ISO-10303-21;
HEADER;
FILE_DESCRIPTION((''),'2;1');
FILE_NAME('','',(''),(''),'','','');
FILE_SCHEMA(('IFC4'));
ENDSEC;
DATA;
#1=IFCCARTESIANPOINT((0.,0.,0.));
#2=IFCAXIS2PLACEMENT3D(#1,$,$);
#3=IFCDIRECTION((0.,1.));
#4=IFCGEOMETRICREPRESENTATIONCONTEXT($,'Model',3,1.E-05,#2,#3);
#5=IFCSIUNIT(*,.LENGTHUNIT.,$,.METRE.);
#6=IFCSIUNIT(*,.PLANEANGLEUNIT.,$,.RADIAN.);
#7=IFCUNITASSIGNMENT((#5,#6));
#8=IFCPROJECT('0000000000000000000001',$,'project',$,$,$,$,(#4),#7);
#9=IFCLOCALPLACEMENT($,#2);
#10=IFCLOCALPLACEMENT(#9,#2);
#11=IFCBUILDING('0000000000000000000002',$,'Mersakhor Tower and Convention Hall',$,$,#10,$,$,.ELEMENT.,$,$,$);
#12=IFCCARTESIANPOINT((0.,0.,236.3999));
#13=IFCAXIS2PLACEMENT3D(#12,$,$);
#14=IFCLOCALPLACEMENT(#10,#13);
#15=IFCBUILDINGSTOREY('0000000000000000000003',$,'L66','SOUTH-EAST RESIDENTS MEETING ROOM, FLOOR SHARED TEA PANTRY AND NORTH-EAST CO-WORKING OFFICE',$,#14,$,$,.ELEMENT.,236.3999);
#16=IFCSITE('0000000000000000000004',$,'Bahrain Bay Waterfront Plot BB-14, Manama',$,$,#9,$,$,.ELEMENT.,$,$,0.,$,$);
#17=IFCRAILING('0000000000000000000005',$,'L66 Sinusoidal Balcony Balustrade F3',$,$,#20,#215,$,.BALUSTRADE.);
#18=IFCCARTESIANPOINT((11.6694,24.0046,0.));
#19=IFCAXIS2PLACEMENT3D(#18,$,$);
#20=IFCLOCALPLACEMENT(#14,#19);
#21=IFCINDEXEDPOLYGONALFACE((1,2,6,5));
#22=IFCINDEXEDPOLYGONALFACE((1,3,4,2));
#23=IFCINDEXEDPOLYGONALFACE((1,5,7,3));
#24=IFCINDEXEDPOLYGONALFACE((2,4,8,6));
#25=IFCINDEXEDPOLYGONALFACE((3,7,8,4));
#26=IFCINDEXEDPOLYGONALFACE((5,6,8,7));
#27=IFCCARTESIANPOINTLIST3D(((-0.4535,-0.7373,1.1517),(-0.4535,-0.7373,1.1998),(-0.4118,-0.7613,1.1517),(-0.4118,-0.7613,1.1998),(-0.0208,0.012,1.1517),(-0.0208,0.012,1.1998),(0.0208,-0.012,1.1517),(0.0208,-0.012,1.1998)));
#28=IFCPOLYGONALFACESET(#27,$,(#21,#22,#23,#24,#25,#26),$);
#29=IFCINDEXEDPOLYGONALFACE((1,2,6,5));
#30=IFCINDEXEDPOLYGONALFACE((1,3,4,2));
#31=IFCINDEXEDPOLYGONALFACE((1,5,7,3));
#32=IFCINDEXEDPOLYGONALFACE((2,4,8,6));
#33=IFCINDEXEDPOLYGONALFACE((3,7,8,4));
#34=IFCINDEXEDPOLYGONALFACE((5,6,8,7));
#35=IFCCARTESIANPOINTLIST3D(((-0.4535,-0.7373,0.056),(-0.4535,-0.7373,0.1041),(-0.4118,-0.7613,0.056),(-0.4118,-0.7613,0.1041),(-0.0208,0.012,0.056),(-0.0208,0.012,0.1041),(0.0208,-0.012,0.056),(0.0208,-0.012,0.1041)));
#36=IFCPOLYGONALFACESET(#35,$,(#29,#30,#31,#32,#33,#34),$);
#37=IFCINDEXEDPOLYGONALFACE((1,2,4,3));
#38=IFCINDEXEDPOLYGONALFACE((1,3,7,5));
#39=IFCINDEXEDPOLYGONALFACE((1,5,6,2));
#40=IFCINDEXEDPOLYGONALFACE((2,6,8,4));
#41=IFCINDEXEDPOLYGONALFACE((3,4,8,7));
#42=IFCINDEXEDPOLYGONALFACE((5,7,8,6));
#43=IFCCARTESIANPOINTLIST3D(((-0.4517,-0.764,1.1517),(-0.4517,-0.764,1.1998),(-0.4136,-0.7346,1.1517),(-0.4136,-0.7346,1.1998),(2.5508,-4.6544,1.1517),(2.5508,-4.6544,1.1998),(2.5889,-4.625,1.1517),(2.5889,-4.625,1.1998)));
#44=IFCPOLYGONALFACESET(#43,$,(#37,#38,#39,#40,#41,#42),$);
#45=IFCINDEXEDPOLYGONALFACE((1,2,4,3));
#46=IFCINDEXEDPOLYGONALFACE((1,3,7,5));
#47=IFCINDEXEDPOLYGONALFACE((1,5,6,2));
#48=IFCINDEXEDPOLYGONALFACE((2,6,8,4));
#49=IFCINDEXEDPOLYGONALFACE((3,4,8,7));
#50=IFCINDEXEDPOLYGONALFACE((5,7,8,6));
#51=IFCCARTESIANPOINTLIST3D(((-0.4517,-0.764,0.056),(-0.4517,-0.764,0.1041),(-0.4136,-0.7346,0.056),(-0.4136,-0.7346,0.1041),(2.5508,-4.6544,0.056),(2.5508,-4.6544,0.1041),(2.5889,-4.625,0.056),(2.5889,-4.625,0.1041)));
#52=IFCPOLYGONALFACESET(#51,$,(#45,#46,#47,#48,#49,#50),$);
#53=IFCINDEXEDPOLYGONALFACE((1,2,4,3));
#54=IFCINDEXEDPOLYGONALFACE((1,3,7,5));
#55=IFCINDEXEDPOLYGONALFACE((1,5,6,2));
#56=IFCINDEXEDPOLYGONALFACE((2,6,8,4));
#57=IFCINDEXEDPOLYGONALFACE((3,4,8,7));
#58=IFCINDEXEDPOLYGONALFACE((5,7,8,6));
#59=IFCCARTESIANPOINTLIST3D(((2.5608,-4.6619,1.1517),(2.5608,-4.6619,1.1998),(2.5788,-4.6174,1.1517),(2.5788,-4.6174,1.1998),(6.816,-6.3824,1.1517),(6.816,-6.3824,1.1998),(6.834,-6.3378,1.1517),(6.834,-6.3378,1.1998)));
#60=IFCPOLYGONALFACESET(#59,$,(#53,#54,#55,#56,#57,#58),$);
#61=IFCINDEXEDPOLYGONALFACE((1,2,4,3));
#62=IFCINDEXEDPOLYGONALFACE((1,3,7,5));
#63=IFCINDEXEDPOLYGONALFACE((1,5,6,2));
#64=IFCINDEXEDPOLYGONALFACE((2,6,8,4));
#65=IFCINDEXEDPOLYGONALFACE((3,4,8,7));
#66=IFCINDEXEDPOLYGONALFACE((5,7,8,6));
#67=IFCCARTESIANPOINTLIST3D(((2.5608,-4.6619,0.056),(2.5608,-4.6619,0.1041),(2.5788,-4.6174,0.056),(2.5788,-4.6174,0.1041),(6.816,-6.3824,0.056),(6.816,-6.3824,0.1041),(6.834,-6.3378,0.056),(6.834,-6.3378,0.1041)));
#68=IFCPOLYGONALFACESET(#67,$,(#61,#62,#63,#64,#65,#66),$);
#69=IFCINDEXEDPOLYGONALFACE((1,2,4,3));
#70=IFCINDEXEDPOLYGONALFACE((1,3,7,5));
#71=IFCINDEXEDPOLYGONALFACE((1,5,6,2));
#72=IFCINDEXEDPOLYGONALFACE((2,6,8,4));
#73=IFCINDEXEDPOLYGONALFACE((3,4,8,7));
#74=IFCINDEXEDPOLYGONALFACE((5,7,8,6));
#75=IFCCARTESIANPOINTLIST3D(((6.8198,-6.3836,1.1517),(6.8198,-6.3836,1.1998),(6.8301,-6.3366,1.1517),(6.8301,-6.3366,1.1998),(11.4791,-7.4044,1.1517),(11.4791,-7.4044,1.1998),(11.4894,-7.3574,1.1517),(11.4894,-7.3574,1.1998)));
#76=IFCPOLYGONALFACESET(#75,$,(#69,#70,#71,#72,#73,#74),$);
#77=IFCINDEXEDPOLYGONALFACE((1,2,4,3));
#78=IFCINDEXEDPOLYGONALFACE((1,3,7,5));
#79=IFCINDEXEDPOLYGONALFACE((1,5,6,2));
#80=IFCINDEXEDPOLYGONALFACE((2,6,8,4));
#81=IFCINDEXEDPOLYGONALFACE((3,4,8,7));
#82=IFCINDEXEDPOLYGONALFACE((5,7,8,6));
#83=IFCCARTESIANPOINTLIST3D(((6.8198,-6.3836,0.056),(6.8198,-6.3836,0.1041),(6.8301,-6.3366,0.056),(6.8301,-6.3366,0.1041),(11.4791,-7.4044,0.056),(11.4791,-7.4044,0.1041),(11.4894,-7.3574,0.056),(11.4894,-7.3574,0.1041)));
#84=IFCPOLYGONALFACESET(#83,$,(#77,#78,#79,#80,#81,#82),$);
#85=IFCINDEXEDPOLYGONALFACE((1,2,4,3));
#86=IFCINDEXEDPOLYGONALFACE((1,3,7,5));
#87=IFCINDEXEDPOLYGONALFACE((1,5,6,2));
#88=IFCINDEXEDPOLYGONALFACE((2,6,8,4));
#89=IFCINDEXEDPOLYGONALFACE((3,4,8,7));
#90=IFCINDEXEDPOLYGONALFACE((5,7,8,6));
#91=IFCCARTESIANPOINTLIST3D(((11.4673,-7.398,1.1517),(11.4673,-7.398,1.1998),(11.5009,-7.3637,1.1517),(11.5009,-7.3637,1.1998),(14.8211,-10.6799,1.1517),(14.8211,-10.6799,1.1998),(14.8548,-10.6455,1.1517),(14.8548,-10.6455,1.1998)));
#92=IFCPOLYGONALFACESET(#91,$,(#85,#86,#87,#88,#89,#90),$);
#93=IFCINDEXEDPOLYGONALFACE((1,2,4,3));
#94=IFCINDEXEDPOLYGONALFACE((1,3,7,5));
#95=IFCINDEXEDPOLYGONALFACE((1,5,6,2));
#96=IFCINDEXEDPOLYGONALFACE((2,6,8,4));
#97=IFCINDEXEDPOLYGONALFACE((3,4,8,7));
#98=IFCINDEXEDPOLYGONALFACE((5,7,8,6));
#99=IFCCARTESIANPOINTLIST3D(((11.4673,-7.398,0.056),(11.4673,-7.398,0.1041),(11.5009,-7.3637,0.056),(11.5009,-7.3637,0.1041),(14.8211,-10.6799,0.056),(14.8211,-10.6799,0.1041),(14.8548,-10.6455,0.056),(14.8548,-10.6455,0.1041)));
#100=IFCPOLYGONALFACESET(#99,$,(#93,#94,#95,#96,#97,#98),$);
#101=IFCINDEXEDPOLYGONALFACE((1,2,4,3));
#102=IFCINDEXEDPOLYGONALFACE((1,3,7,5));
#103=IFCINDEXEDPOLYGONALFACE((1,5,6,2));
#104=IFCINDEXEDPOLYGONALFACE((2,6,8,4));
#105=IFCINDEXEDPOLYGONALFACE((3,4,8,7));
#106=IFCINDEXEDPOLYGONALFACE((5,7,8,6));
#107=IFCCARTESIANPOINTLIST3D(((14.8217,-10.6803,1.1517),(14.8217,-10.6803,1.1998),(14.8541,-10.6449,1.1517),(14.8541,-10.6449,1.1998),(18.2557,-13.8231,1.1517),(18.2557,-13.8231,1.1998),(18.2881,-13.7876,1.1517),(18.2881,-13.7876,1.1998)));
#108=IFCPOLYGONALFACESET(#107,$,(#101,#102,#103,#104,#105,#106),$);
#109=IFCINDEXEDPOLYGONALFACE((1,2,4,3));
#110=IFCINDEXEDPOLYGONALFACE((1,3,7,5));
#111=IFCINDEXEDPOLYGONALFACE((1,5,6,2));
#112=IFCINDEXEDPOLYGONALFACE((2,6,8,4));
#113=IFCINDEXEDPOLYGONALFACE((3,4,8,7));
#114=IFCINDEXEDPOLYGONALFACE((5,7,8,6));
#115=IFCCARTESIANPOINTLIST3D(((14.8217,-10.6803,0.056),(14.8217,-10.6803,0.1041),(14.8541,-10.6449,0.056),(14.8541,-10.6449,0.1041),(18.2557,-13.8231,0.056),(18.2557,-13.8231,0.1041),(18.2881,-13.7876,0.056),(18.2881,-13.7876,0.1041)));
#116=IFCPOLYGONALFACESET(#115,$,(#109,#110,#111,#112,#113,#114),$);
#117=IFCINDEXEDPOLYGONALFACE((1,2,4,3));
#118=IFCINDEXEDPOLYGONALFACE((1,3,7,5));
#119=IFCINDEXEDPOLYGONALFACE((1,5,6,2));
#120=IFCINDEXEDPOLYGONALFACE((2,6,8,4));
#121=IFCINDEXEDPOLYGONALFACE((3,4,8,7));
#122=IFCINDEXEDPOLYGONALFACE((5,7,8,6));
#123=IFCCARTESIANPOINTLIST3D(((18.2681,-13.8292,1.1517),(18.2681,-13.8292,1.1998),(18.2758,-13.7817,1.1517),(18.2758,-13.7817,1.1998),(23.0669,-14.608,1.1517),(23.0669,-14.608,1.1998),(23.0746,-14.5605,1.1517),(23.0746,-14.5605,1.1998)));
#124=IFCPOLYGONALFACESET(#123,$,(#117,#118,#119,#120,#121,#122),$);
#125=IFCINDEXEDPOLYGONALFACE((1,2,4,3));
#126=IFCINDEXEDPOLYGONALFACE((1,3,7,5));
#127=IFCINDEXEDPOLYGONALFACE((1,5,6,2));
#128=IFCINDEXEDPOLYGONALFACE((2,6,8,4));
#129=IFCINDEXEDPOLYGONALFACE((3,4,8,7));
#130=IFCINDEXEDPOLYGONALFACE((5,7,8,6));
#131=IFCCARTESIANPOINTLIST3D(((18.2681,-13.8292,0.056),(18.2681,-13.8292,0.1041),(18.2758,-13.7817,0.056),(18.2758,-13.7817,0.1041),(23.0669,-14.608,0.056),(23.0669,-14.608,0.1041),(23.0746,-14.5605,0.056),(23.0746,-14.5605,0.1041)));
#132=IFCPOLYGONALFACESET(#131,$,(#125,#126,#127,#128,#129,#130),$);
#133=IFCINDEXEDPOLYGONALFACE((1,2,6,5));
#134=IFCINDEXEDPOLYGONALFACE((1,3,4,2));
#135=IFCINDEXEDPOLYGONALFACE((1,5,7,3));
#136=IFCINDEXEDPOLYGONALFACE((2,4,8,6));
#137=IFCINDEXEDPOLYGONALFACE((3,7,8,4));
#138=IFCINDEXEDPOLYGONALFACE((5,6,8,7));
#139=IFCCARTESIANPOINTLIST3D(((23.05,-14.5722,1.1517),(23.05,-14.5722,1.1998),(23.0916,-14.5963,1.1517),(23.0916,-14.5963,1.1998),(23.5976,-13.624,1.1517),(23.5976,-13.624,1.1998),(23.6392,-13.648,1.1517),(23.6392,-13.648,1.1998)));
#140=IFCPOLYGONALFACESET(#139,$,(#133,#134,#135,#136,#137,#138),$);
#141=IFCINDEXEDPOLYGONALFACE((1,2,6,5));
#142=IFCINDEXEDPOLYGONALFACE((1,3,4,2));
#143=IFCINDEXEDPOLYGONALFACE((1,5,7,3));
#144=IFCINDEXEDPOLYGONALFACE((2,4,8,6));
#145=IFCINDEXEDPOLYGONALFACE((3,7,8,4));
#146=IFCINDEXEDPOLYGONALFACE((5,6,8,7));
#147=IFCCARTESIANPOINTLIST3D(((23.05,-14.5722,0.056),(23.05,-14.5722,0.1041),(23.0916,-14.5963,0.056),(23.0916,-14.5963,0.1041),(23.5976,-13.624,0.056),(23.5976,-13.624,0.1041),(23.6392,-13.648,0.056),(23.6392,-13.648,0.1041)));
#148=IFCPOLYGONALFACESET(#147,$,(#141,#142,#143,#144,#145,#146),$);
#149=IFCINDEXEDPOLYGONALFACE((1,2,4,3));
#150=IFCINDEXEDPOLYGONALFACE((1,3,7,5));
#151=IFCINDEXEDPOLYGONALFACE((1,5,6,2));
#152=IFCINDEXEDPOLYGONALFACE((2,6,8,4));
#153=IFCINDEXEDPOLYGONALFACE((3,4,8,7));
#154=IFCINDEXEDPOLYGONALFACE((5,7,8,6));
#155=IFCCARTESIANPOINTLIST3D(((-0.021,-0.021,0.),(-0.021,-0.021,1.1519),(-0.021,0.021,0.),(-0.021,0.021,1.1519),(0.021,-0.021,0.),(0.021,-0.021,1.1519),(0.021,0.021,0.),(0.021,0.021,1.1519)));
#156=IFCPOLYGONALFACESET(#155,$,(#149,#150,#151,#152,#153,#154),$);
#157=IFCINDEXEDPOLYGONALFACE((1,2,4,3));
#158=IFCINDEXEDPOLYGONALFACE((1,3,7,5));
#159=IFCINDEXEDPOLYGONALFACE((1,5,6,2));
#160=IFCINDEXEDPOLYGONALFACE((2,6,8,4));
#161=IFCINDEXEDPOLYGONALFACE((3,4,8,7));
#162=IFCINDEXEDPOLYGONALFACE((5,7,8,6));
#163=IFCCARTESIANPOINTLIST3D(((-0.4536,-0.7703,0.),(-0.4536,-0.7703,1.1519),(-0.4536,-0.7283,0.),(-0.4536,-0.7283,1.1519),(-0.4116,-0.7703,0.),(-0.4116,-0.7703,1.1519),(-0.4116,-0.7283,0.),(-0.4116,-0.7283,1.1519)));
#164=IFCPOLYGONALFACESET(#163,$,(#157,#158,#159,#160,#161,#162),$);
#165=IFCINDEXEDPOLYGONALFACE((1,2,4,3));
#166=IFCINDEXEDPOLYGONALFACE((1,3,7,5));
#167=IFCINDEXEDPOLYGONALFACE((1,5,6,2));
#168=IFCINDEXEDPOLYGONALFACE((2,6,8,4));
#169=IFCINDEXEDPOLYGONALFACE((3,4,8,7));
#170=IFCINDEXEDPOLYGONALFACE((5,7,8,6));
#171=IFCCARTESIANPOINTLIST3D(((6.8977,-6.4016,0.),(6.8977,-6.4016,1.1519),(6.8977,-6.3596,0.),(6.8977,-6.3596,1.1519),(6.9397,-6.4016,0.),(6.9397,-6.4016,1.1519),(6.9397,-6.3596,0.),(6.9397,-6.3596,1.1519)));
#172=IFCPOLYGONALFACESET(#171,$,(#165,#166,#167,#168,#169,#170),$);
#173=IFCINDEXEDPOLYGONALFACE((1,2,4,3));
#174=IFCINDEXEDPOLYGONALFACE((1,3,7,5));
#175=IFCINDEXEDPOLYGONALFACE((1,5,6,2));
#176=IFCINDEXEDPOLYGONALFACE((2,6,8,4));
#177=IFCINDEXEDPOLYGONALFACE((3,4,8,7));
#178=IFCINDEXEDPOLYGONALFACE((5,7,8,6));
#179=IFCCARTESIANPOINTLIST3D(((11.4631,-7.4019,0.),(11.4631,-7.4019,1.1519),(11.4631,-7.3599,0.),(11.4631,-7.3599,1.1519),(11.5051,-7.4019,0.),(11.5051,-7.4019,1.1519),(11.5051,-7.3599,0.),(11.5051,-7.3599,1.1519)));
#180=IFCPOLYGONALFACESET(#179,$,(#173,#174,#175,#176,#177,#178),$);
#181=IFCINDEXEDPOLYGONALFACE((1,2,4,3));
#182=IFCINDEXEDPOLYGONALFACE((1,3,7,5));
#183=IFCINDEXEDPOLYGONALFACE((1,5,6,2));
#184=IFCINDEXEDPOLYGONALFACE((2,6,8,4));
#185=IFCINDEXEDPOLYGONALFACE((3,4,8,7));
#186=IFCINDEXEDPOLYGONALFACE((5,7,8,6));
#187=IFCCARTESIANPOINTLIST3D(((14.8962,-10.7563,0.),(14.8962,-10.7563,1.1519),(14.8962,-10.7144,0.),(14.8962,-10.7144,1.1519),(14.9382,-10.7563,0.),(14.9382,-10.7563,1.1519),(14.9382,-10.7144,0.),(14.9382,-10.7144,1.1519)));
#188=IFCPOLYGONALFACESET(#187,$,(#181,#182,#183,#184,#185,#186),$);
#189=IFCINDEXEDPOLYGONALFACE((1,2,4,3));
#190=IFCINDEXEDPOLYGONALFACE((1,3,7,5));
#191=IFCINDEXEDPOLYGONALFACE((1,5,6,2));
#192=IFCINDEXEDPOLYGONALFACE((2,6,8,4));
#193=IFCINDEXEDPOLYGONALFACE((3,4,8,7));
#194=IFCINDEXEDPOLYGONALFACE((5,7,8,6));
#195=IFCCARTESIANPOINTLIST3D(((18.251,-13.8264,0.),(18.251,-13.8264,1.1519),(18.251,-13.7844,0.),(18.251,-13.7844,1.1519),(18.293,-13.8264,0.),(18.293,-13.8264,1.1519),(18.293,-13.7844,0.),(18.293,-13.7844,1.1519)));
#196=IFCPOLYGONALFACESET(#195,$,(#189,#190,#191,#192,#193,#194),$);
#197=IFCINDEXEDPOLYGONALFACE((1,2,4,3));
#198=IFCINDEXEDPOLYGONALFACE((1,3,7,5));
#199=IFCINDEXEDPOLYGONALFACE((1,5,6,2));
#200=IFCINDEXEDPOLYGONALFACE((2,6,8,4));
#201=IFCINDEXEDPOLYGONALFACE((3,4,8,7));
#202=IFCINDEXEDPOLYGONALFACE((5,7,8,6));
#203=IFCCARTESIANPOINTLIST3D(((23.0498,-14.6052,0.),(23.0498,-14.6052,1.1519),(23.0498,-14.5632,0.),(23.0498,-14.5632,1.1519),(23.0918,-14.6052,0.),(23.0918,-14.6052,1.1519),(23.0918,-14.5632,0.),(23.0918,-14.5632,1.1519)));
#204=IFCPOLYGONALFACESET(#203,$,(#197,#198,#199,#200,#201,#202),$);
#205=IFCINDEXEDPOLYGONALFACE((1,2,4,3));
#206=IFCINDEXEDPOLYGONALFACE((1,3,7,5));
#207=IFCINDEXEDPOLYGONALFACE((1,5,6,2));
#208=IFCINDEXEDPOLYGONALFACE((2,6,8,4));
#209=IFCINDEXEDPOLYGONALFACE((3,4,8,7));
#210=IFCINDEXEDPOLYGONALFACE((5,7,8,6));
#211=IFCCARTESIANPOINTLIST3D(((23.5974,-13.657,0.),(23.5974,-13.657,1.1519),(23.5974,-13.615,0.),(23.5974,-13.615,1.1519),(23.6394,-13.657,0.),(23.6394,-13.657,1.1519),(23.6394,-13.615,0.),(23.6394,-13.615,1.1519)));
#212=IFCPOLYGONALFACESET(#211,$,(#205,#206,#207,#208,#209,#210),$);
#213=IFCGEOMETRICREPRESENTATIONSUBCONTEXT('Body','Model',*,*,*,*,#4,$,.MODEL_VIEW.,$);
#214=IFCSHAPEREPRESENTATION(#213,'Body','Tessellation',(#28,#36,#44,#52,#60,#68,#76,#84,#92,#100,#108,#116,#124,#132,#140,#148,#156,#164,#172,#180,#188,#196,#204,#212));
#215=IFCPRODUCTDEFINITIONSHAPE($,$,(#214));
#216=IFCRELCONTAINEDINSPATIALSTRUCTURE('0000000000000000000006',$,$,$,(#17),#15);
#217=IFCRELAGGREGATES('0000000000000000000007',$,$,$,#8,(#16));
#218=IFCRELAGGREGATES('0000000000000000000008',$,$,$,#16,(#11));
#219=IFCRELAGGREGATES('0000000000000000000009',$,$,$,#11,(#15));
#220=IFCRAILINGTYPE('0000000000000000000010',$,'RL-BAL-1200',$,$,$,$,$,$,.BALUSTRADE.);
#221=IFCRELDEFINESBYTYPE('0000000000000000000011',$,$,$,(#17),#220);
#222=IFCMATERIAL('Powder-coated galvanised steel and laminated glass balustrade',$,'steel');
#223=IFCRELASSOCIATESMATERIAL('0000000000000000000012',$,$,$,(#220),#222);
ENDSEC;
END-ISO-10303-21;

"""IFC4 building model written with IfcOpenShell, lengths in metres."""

from ifc_helpers import new_model, si_unit, direction, frame, origin, origin_2d, place, context, subcontext, project, spatial, rectangle, extrude, material, type_object, element, save


model = new_model("IFC4")

# Units and contexts
model_context = context("Model", 3, precision=1e-05, world=origin(), true_north=direction((0.0, 1.0)))
body_context = subcontext(model_context, "Body", "Model", "MODEL_VIEW")
ifc_project = project(units=[si_unit("LENGTHUNIT", "METRE"), si_unit("PLANEANGLEUNIT", "RADIAN")], contexts=[model_context])

# Site, building, storey
site_placement = place(None, origin())
site = spatial("IfcSite", under=ifc_project, at=site_placement, Name="Bahrain Bay Waterfront Plot BB-14, Manama", CompositionType="ELEMENT", RefElevation=0.0)
building_placement = place(site_placement, origin())
building = spatial("IfcBuilding", under=site, at=building_placement, Name="Mersakhor Tower and Convention Hall", CompositionType="ELEMENT")
storey_placement = place(building_placement, frame((0.0, 0.0, 236.3999)))
storey = spatial("IfcBuildingStorey", under=building, at=storey_placement, Name="L66", Description="SOUTH-EAST RESIDENTS MEETING ROOM, FLOOR SHARED TEA PANTRY AND NORTH-EAST CO-WORKING OFFICE", CompositionType="ELEMENT", Elevation=236.3999)

# Railing
ifc_material_1 = material(Name="Powder-coated galvanised steel and laminated glass balustrade", Category="steel")
railing_type = type_object("IfcRailingType", Name="RL-BAL-1200", PredefinedType="BALUSTRADE", material=ifc_material_1)
railing_placement = place(storey_placement, frame((11.6694, 24.0046, 0.0)))
element("IfcRailing", 1, at=railing_placement, inside=storey, type_object=railing_type, Name="L66 Sinusoidal Balcony Balustrade F3", PredefinedType="BALUSTRADE", context=body_context, shape_type="SweptSolid", body=[
    extrude(rectangle(XDim=0.0481, YDim=0.0481, at=origin_2d()), frame((0.0, 0.0, 1.1758), z_axis=(-0.500024, -0.866012, 0.0), x_axis=(0.866012, -0.500024, 0.0)), (0.0, 0.0, 1.0), 0.8652),
    extrude(rectangle(XDim=0.0481, YDim=0.0481, at=origin_2d()), frame((0.0, 0.0, 0.0801), z_axis=(-0.500024, -0.866012, 0.0), x_axis=(0.866012, -0.500024, 0.0)), (0.0, 0.0, 1.0), 0.8652),
    extrude(rectangle(XDim=0.0481, YDim=0.0481, at=origin_2d()), frame((-0.4326, -0.7493, 1.1758), z_axis=(0.610968, -0.791655, 0.0), x_axis=(0.791655, 0.610968, 0.0)), (0.0, 0.0, 1.0), 4.9143),
    extrude(rectangle(XDim=0.0481, YDim=0.0481, at=origin_2d()), frame((-0.4326, -0.7493, 0.0801), z_axis=(0.610968, -0.791655, 0.0), x_axis=(0.791655, 0.610968, 0.0)), (0.0, 0.0, 1.0), 4.9143),
    extrude(rectangle(XDim=0.0481, YDim=0.0481, at=origin_2d()), frame((2.5698, -4.6396, 1.1758), z_axis=(0.927087, -0.374846, 0.0), x_axis=(0.374846, 0.927087, 0.0)), (0.0, 0.0, 1.0), 4.5898),
    extrude(rectangle(XDim=0.0481, YDim=0.0481, at=origin_2d()), frame((2.5698, -4.6396, 0.0801), z_axis=(0.927087, -0.374846, 0.0), x_axis=(0.374846, 0.927087, 0.0)), (0.0, 0.0, 1.0), 4.5898),
    extrude(rectangle(XDim=0.0481, YDim=0.0481, at=origin_2d()), frame((6.825, -6.3601, 1.1758), z_axis=(0.976832, -0.214008, 0.0), x_axis=(0.214008, 0.976832, 0.0)), (0.0, 0.0, 1.0), 4.7698),
    extrude(rectangle(XDim=0.0481, YDim=0.0481, at=origin_2d()), frame((6.825, -6.3601, 0.0801), z_axis=(0.976832, -0.214008, 0.0), x_axis=(0.214008, 0.976832, 0.0)), (0.0, 0.0, 1.0), 4.7698),
    extrude(rectangle(XDim=0.0481, YDim=0.0481, at=origin_2d()), frame((11.4841, -7.3809, 1.1758), z_axis=(0.71474, -0.699391, 0.0), x_axis=(0.699391, 0.71474, 0.0)), (0.0, 0.0, 1.0), 4.6924),
    extrude(rectangle(XDim=0.0481, YDim=0.0481, at=origin_2d()), frame((11.4841, -7.3809, 0.0801), z_axis=(0.71474, -0.699391, 0.0), x_axis=(0.699391, 0.71474, 0.0)), (0.0, 0.0, 1.0), 4.6924),
    extrude(rectangle(XDim=0.0481, YDim=0.0481, at=origin_2d()), frame((14.8379, -10.6626, 1.1758), z_axis=(0.737698, -0.675131, 0.0), x_axis=(0.675131, 0.737698, 0.0)), (0.0, 0.0, 1.0), 4.655),
    extrude(rectangle(XDim=0.0481, YDim=0.0481, at=origin_2d()), frame((14.8379, -10.6626, 0.0801), z_axis=(0.737698, -0.675131, 0.0), x_axis=(0.675131, 0.737698, 0.0)), (0.0, 0.0, 1.0), 4.655),
    extrude(rectangle(XDim=0.0481, YDim=0.0481, at=origin_2d()), frame((18.272, -13.8054, 1.1758), z_axis=(0.987085, -0.160195, 0.0), x_axis=(0.160195, 0.987085, 0.0)), (0.0, 0.0, 1.0), 4.8616),
    extrude(rectangle(XDim=0.0481, YDim=0.0481, at=origin_2d()), frame((18.272, -13.8054, 0.0801), z_axis=(0.987085, -0.160195, 0.0), x_axis=(0.160195, 0.987085, 0.0)), (0.0, 0.0, 1.0), 4.8616),
    extrude(rectangle(XDim=0.0481, YDim=0.0481, at=origin_2d()), frame((23.0708, -14.5842, 1.1758), z_axis=(0.500096, 0.86597, 0.0), x_axis=(-0.86597, 0.500096, 0.0)), (0.0, 0.0, 1.0), 1.095),
    extrude(rectangle(XDim=0.0481, YDim=0.0481, at=origin_2d()), frame((23.0708, -14.5842, 0.0801), z_axis=(0.500096, 0.86597, 0.0), x_axis=(-0.86597, 0.500096, 0.0)), (0.0, 0.0, 1.0), 1.095),
    extrude(rectangle(XDim=0.042, YDim=0.042, at=origin_2d()), origin(), (0.0, 0.0, 1.0), 1.1519),
    extrude(rectangle(XDim=0.042, YDim=0.042, at=origin_2d()), frame((-0.4326, -0.7493, 0.0)), (0.0, 0.0, 1.0), 1.1519),
    extrude(rectangle(XDim=0.042, YDim=0.042, at=origin_2d()), frame((6.9187, -6.3806, 0.0)), (0.0, 0.0, 1.0), 1.1519),
    extrude(rectangle(XDim=0.042, YDim=0.042, at=origin_2d()), frame((11.4841, -7.3809, 0.0)), (0.0, 0.0, 1.0), 1.1519),
    extrude(rectangle(XDim=0.042, YDim=0.042, at=origin_2d()), frame((14.9172, -10.7354, 0.0)), (0.0, 0.0, 1.0), 1.1519),
    extrude(rectangle(XDim=0.042, YDim=0.042, at=origin_2d()), frame((18.272, -13.8054, 0.0)), (0.0, 0.0, 1.0), 1.1519),
    extrude(rectangle(XDim=0.042, YDim=0.042, at=origin_2d()), frame((23.0708, -14.5842, 0.0)), (0.0, 0.0, 1.0), 1.1519),
    extrude(rectangle(XDim=0.042, YDim=0.042, at=origin_2d()), frame((23.6184, -13.636, 0.0)), (0.0, 0.0, 1.0), 1.1519),
])

save(model, "model.ifc")
